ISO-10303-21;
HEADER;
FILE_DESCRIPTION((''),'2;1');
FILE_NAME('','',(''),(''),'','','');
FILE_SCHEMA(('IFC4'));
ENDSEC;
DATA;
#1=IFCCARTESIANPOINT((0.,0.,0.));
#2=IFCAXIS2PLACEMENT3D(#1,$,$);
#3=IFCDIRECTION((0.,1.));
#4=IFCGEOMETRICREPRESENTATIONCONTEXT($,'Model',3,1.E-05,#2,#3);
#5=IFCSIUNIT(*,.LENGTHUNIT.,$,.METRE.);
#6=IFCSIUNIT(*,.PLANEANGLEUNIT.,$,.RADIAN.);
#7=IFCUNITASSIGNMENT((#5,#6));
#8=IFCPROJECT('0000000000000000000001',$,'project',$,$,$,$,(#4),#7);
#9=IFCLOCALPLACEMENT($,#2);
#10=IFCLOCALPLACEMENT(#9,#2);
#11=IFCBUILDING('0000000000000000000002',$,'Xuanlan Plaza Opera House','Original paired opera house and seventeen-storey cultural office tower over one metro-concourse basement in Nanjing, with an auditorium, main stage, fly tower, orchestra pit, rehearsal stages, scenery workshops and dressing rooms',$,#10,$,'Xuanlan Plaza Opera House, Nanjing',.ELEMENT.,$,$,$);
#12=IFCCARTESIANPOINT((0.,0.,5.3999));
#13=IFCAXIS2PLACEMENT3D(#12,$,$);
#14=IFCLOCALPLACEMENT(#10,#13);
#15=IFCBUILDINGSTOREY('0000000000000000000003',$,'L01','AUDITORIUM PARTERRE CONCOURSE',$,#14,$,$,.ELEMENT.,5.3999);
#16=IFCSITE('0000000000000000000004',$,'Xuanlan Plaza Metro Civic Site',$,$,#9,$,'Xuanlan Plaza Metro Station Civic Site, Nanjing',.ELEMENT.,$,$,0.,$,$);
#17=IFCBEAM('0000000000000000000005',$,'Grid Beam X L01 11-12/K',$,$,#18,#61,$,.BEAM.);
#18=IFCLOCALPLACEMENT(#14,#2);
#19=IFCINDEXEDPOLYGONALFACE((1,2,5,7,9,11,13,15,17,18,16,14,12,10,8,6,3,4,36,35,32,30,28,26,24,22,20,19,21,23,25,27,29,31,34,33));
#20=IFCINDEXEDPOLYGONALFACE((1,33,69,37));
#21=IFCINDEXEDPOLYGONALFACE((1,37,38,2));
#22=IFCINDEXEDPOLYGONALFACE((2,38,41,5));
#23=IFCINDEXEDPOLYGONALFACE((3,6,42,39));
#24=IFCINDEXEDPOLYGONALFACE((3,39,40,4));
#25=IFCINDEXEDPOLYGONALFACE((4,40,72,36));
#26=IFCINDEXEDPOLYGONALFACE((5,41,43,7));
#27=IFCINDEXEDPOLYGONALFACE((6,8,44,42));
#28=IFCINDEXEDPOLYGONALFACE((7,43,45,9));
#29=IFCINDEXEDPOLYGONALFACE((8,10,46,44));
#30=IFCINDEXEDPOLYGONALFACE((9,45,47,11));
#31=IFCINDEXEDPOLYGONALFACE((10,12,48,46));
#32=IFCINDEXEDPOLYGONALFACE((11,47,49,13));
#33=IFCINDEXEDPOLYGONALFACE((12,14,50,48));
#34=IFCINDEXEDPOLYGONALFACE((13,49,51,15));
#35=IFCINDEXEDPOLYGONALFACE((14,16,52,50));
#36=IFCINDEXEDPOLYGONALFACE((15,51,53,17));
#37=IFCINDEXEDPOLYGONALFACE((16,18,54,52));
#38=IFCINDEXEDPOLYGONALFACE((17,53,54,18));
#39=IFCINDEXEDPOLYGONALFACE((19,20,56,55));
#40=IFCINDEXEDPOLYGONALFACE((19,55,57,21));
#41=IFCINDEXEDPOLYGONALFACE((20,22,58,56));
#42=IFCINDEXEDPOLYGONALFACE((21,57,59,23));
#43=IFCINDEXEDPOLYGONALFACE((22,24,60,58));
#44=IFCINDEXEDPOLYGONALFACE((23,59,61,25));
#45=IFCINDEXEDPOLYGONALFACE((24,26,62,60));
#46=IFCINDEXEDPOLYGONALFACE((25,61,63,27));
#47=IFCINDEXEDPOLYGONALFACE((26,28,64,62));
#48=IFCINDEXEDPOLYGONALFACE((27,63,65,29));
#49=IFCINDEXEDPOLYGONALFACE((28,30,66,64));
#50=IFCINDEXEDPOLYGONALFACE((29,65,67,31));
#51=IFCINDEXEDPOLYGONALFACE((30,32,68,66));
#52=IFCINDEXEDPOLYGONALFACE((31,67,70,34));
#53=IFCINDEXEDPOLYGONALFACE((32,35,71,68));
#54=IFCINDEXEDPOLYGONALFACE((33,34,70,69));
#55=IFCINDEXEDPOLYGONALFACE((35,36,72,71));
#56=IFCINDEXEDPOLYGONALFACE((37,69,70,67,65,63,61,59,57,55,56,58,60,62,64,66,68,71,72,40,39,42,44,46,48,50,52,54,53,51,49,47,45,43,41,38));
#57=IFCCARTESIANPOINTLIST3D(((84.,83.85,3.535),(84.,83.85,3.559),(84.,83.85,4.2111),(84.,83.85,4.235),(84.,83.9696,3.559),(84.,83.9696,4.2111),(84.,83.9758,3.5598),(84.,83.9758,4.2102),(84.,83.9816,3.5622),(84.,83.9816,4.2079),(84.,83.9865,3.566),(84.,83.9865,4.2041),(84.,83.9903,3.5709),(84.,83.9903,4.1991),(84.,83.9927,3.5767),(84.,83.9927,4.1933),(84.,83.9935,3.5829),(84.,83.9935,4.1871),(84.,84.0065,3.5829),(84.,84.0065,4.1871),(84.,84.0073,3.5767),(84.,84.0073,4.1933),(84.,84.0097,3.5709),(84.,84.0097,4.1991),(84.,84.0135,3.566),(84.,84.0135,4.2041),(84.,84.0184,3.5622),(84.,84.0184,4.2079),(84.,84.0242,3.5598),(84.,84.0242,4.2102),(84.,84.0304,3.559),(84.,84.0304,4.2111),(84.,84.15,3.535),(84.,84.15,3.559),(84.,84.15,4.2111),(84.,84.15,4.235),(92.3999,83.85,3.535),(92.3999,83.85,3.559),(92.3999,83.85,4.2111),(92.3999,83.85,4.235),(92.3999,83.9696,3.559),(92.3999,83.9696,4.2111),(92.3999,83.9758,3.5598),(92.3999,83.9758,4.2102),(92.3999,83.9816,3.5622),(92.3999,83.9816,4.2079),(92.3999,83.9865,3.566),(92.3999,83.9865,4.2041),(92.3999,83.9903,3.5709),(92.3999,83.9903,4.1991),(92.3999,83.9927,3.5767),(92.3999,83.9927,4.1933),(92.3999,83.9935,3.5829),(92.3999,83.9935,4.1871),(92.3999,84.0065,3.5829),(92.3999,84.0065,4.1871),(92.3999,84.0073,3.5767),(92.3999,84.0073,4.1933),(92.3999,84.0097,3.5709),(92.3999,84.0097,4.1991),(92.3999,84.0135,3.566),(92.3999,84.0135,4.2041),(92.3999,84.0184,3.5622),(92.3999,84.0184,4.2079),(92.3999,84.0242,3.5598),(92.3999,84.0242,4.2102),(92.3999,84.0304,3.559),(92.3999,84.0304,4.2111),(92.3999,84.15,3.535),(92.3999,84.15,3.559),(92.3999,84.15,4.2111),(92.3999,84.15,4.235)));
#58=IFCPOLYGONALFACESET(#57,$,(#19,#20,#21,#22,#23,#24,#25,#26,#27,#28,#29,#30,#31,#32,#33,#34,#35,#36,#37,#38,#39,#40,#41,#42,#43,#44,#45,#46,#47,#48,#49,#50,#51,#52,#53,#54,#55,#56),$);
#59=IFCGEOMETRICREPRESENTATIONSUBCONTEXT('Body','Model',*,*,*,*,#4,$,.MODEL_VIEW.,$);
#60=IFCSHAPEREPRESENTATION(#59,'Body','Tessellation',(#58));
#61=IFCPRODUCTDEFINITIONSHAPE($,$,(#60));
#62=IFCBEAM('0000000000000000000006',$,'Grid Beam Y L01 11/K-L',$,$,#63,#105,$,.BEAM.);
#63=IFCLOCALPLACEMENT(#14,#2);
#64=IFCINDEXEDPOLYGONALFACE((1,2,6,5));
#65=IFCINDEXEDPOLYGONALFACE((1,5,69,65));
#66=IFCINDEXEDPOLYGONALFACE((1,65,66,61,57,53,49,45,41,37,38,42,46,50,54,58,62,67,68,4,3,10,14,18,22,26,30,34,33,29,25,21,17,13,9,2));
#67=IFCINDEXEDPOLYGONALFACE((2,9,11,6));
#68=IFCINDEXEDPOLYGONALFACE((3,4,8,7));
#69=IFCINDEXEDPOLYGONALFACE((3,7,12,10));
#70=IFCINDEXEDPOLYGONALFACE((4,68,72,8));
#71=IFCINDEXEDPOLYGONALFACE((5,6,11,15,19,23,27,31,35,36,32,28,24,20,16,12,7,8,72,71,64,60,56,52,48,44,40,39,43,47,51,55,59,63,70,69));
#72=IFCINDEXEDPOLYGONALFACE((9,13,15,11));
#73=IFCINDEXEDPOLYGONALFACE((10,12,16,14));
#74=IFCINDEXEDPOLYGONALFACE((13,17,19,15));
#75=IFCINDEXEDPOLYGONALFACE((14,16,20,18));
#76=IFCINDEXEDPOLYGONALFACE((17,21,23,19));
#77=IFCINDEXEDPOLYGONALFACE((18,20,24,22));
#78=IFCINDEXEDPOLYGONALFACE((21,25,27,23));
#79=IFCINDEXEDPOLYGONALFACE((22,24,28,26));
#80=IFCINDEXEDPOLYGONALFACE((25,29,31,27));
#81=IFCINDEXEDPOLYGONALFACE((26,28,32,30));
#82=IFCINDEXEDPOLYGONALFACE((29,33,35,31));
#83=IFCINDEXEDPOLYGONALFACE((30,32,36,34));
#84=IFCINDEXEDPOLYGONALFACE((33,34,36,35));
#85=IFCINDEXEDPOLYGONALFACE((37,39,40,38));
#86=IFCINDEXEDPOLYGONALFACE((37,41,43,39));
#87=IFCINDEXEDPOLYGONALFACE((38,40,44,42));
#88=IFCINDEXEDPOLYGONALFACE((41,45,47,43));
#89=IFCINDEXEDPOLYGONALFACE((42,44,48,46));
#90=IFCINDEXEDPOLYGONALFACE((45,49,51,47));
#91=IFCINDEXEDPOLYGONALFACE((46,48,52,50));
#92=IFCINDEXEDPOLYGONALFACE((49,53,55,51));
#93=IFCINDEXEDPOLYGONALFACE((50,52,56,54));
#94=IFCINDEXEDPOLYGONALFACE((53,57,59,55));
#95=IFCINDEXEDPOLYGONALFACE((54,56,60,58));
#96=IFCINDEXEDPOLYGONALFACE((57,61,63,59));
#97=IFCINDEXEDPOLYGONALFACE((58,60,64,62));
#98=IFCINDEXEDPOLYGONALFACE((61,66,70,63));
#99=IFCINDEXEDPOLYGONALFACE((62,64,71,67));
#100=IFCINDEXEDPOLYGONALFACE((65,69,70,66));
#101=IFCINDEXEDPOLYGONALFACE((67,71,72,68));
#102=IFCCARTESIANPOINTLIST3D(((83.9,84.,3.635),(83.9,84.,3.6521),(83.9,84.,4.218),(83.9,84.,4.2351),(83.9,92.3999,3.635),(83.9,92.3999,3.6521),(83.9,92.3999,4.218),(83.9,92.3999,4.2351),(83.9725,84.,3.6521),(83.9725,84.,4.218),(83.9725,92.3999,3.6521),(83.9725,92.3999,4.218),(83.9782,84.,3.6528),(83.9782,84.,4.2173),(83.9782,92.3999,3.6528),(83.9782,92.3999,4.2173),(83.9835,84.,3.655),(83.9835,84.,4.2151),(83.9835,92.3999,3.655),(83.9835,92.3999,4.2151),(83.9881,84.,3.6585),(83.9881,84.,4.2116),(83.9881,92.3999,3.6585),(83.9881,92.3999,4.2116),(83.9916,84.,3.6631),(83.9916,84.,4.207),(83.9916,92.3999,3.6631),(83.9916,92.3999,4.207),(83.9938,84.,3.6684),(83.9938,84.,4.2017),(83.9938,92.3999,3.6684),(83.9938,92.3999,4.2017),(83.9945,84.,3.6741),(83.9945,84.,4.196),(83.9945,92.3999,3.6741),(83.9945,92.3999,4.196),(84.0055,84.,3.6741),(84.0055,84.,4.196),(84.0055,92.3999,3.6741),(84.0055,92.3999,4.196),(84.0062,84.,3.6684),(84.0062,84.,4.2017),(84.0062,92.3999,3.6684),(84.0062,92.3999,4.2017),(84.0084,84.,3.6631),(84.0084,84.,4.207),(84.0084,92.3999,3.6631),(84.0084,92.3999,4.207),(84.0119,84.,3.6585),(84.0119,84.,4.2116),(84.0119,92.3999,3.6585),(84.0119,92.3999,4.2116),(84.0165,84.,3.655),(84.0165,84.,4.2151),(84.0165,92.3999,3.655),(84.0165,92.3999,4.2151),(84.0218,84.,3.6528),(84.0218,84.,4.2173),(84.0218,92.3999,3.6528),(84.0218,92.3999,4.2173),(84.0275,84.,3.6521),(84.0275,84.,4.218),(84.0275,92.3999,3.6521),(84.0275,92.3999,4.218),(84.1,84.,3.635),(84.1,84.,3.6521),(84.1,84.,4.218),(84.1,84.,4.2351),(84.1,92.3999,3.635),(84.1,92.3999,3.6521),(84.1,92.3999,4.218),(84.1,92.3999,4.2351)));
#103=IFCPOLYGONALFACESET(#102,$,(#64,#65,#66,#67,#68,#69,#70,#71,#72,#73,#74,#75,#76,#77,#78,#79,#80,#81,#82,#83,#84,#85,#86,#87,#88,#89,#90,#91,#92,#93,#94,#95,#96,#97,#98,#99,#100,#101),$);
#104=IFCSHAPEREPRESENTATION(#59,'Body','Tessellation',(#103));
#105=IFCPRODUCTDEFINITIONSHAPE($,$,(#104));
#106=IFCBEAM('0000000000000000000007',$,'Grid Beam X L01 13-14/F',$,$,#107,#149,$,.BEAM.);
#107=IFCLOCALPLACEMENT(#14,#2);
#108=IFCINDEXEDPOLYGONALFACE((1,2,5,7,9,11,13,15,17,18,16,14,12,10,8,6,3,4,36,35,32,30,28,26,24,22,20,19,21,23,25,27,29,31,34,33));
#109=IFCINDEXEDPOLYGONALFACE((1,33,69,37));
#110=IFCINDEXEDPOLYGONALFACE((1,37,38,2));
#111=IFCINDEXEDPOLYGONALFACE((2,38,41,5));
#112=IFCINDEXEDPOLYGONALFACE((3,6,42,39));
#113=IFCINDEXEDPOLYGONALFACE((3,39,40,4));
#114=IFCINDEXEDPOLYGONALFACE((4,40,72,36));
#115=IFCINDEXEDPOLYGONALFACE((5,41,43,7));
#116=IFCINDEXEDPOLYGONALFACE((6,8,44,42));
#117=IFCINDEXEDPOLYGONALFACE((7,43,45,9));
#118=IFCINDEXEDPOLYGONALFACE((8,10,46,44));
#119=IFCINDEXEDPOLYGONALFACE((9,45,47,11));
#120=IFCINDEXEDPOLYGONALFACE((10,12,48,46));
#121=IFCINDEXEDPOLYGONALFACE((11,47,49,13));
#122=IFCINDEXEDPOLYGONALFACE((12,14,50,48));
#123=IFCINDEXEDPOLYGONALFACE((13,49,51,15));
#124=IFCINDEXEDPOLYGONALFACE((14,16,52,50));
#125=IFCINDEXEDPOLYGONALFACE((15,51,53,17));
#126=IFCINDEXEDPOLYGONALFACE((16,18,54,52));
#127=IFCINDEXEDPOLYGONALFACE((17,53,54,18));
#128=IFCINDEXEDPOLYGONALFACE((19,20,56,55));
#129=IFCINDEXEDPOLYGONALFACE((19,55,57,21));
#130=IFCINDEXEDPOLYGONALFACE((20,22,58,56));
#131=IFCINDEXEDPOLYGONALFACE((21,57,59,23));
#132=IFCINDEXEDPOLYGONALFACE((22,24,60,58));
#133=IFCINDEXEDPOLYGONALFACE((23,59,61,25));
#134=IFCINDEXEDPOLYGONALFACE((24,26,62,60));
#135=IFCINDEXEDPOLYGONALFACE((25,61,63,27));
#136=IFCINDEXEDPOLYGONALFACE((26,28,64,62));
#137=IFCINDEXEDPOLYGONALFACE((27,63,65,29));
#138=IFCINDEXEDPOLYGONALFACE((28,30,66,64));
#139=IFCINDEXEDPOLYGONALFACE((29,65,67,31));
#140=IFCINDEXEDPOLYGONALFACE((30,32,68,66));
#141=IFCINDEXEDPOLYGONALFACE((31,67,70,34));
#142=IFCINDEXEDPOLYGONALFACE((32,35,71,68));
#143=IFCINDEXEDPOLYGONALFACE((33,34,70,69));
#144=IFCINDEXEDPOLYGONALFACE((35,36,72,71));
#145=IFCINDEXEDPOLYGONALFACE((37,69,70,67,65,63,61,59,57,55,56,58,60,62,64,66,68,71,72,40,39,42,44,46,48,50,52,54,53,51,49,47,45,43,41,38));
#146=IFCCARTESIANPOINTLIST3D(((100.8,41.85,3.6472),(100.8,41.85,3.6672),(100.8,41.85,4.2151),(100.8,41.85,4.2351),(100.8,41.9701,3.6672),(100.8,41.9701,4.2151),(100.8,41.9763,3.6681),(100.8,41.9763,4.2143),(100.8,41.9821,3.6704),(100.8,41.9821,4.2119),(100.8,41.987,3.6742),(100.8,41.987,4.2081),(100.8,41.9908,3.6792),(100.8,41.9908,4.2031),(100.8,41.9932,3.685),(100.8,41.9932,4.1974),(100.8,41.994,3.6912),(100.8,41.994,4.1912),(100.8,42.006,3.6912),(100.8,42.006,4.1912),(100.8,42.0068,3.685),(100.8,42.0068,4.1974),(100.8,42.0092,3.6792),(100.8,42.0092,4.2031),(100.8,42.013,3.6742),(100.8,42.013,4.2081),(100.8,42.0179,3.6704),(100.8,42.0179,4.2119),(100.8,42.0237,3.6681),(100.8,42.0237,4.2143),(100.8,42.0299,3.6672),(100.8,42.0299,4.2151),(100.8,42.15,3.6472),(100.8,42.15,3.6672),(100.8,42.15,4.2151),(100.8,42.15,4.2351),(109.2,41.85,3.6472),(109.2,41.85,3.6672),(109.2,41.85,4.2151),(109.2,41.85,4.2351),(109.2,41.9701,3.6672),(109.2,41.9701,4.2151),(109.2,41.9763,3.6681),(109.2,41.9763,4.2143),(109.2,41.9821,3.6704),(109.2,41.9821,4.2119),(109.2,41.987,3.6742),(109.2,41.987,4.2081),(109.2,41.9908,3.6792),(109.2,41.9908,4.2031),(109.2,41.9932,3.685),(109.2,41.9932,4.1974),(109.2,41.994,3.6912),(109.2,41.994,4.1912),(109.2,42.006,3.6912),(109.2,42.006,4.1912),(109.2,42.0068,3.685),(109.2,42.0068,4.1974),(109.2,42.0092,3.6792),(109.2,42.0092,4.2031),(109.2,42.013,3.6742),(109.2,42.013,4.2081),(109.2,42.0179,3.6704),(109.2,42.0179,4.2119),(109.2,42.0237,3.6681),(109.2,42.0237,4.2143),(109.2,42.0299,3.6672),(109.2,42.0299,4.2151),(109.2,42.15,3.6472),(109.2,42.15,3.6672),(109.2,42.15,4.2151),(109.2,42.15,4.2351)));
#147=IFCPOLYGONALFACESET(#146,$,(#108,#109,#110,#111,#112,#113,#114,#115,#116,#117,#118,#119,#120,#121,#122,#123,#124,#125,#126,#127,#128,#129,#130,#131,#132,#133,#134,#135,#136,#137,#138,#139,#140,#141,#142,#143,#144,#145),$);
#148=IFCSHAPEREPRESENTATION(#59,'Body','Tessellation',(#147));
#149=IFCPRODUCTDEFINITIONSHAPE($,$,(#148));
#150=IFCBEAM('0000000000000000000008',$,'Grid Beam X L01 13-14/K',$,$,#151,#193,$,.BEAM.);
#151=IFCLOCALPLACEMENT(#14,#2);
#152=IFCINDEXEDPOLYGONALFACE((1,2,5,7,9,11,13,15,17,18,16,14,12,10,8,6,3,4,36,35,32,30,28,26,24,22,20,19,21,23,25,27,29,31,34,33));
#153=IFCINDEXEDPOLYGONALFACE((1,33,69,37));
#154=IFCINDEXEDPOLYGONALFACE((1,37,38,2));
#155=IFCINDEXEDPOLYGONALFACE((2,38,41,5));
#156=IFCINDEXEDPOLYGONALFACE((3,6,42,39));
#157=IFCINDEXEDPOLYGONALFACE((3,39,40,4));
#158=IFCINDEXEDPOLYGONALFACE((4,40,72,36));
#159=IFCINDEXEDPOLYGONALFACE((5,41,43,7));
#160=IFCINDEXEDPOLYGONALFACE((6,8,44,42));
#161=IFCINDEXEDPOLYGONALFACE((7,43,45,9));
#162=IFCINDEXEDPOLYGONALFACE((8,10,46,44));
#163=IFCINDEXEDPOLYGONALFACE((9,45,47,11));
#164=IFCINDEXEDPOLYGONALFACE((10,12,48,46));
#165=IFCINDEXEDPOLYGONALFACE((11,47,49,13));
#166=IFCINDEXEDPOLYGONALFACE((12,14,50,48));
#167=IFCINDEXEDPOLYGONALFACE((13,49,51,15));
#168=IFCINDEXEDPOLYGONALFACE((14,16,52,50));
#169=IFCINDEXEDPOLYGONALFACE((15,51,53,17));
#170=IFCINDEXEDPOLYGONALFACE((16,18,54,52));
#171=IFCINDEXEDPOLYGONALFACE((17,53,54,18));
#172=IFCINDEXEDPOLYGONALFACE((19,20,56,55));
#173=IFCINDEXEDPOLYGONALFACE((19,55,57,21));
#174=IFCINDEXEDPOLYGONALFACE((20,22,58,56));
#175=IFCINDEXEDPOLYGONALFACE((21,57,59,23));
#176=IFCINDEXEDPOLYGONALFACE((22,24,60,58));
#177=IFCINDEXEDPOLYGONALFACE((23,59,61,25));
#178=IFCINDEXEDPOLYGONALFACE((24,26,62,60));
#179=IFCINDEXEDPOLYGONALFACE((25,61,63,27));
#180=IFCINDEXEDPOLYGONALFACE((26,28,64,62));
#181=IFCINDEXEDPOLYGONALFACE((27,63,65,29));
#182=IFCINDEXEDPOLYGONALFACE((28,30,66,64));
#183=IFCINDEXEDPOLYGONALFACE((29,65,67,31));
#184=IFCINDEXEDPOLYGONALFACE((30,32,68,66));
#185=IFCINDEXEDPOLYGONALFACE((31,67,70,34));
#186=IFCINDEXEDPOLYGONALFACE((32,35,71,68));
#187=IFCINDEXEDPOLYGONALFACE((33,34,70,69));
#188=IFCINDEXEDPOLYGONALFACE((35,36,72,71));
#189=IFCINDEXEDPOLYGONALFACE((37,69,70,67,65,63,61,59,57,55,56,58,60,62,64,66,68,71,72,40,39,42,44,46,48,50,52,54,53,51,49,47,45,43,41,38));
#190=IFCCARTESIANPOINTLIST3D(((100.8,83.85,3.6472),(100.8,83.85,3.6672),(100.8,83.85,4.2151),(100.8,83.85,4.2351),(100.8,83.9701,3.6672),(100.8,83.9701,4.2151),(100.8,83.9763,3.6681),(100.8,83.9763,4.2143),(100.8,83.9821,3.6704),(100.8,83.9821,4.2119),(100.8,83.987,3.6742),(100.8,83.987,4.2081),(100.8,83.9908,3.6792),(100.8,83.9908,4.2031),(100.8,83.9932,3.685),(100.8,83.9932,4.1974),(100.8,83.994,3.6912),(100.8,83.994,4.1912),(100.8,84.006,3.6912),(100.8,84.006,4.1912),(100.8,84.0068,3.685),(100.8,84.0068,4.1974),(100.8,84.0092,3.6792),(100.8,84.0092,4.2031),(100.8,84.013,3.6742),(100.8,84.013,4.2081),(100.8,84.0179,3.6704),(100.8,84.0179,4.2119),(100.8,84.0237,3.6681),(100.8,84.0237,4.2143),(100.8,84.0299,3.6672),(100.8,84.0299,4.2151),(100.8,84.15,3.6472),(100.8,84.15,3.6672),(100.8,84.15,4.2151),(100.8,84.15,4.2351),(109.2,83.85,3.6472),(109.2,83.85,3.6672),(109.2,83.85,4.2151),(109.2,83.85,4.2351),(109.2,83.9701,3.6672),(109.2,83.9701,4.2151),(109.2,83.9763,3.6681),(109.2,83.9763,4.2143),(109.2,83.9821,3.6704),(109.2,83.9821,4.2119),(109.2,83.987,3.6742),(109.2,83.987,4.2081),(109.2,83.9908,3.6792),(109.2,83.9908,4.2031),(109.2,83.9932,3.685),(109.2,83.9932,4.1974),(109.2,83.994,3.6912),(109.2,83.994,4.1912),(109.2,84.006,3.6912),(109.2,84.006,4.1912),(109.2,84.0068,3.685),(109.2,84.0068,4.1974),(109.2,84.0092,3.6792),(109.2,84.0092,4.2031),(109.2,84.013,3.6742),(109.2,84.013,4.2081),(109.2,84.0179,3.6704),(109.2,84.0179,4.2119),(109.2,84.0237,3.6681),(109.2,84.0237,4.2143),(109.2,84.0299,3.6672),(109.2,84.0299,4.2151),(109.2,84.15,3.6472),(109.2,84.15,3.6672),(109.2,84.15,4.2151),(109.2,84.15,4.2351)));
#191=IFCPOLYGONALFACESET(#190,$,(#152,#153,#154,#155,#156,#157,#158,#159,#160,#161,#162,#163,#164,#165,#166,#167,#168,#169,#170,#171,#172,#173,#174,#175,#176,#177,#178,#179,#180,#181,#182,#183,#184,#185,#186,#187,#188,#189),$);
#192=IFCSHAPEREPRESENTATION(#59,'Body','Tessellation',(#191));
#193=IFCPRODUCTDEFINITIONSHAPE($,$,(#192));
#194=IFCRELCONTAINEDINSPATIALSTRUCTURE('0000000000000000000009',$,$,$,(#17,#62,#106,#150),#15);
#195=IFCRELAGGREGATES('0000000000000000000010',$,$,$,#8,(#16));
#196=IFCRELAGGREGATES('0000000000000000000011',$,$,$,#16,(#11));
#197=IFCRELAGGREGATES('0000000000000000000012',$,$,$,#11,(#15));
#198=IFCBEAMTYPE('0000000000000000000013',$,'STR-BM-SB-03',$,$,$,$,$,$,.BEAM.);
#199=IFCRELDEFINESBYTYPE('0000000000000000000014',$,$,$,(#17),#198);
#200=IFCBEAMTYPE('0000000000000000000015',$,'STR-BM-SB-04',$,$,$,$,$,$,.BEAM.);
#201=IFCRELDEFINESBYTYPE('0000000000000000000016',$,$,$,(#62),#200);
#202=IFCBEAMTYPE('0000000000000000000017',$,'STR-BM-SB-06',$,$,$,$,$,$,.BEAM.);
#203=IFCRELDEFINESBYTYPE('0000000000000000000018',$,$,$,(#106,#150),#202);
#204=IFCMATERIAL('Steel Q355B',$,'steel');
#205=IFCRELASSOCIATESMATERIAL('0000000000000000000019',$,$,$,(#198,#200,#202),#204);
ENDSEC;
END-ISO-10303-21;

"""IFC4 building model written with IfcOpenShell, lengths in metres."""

from ifc_helpers import new_model, si_unit, direction, frame, origin, origin_2d, place, context, subcontext, project, spatial, i_section, extrude, material, material_profile, profile_set, type_object, element, save


model = new_model("IFC4")

# Units and contexts
model_context = context("Model", 3, precision=1e-05, world=origin(), true_north=direction((0.0, 1.0)))
body_context = subcontext(model_context, "Body", "Model", "MODEL_VIEW")
ifc_project = project(units=[si_unit("LENGTHUNIT", "METRE"), si_unit("PLANEANGLEUNIT", "RADIAN")], contexts=[model_context])

# Site, building, storey
site_placement = place(None, origin())
site = spatial("IfcSite", under=ifc_project, at=site_placement, Name="Xuanlan Plaza Metro Civic Site", LongName="Xuanlan Plaza Metro Station Civic Site, Nanjing", CompositionType="ELEMENT", RefElevation=0.0)
building_placement = place(site_placement, origin())
building = spatial("IfcBuilding", under=site, at=building_placement, Name="Xuanlan Plaza Opera House", Description="Original paired opera house and seventeen-storey cultural office tower over one metro-concourse basement in Nanjing, with an auditorium, main stage, fly tower, orchestra pit, rehearsal stages, scenery workshops and dressing rooms", LongName="Xuanlan Plaza Opera House, Nanjing", CompositionType="ELEMENT")
storey_placement = place(building_placement, frame((0.0, 0.0, 5.3999)))
storey = spatial("IfcBuildingStorey", under=building, at=storey_placement, Name="L01", Description="AUDITORIUM PARTERRE CONCOURSE", CompositionType="ELEMENT", Elevation=5.3999)

# Beams
ifc_material_1 = material(Name="Steel Q355B", Category="steel")
ifc_material_profile_1 = material_profile(ifc_material_1, i_section(OverallWidth=0.3, OverallDepth=0.7, WebThickness=0.0129, FlangeThickness=0.0239, FilletRadius=0.0239, at=origin_2d()), Name="HN 700x300x13x24")
ifc_profile_set_1 = profile_set([ifc_material_profile_1], Name="Steel Q355B")
beam_type_1 = type_object("IfcBeamType", Name="STR-BM-SB-03", PredefinedType="BEAM", material=ifc_profile_set_1)
for number, where, z_axis, x_axis, name in (
    (1, (84.0, 84.0, 3.885), (1.0, 0.0, 0.0), (0.0, 1.0, 0.0), "Grid Beam X L01 11-12/K"),
):
    element("IfcBeam", number, at=place(storey_placement, frame(where, z_axis=z_axis, x_axis=x_axis)), inside=storey, type_object=beam_type_1, Name=name, PredefinedType="BEAM", context=body_context, shape_type="SweptSolid", body=[
        extrude(i_section(OverallWidth=0.3, OverallDepth=0.7, WebThickness=0.0129, FlangeThickness=0.0239, FilletRadius=0.0239, at=origin_2d()), origin(), (0.0, 0.0, 1.0), 8.3999),
    ])
ifc_material_profile_2 = material_profile(ifc_material_1, i_section(OverallWidth=0.2, OverallDepth=0.6001, WebThickness=0.011, FlangeThickness=0.0171, FilletRadius=0.022, at=origin_2d()), Name="HN 600x200x11x17")
ifc_profile_set_2 = profile_set([ifc_material_profile_2], Name="Steel Q355B")
beam_type_2 = type_object("IfcBeamType", Name="STR-BM-SB-04", PredefinedType="BEAM", material=ifc_profile_set_2)
beam_1_placement = place(storey_placement, frame((84.0, 84.0, 3.9351), z_axis=(0.0, 1.0, 0.0), x_axis=(-1.0, 0.0, 0.0)))
element("IfcBeam", 2, at=beam_1_placement, inside=storey, type_object=beam_type_2, Name="Grid Beam Y L01 11/K-L", PredefinedType="BEAM", context=body_context, shape_type="SweptSolid", body=[
    extrude(i_section(OverallWidth=0.2, OverallDepth=0.6001, WebThickness=0.011, FlangeThickness=0.0171, FilletRadius=0.022, at=origin_2d()), origin(), (0.0, 0.0, 1.0), 8.3999),
])
ifc_material_profile_3 = material_profile(ifc_material_1, i_section(OverallWidth=0.3, OverallDepth=0.5879, WebThickness=0.012, FlangeThickness=0.02, FilletRadius=0.0239, at=origin_2d()), Name="HM 588x300x12x20")
ifc_profile_set_3 = profile_set([ifc_material_profile_3], Name="Steel Q355B")
beam_type_3 = type_object("IfcBeamType", Name="STR-BM-SB-06", PredefinedType="BEAM", material=ifc_profile_set_3)
for number, where, z_axis, x_axis, name in (
    (3, (100.8, 42.0, 3.9412), (1.0, 0.0, 0.0), (0.0, 1.0, 0.0), "Grid Beam X L01 13-14/F"),
    (4, (100.8, 84.0, 3.9412), (1.0, 0.0, 0.0), (0.0, 1.0, 0.0), "Grid Beam X L01 13-14/K"),
):
    element("IfcBeam", number, at=place(storey_placement, frame(where, z_axis=z_axis, x_axis=x_axis)), inside=storey, type_object=beam_type_3, Name=name, PredefinedType="BEAM", context=body_context, shape_type="SweptSolid", body=[
        extrude(i_section(OverallWidth=0.3, OverallDepth=0.5879, WebThickness=0.012, FlangeThickness=0.02, FilletRadius=0.0239, at=origin_2d()), origin(), (0.0, 0.0, 1.0), 8.3999),
    ])

save(model, "model.ifc")
